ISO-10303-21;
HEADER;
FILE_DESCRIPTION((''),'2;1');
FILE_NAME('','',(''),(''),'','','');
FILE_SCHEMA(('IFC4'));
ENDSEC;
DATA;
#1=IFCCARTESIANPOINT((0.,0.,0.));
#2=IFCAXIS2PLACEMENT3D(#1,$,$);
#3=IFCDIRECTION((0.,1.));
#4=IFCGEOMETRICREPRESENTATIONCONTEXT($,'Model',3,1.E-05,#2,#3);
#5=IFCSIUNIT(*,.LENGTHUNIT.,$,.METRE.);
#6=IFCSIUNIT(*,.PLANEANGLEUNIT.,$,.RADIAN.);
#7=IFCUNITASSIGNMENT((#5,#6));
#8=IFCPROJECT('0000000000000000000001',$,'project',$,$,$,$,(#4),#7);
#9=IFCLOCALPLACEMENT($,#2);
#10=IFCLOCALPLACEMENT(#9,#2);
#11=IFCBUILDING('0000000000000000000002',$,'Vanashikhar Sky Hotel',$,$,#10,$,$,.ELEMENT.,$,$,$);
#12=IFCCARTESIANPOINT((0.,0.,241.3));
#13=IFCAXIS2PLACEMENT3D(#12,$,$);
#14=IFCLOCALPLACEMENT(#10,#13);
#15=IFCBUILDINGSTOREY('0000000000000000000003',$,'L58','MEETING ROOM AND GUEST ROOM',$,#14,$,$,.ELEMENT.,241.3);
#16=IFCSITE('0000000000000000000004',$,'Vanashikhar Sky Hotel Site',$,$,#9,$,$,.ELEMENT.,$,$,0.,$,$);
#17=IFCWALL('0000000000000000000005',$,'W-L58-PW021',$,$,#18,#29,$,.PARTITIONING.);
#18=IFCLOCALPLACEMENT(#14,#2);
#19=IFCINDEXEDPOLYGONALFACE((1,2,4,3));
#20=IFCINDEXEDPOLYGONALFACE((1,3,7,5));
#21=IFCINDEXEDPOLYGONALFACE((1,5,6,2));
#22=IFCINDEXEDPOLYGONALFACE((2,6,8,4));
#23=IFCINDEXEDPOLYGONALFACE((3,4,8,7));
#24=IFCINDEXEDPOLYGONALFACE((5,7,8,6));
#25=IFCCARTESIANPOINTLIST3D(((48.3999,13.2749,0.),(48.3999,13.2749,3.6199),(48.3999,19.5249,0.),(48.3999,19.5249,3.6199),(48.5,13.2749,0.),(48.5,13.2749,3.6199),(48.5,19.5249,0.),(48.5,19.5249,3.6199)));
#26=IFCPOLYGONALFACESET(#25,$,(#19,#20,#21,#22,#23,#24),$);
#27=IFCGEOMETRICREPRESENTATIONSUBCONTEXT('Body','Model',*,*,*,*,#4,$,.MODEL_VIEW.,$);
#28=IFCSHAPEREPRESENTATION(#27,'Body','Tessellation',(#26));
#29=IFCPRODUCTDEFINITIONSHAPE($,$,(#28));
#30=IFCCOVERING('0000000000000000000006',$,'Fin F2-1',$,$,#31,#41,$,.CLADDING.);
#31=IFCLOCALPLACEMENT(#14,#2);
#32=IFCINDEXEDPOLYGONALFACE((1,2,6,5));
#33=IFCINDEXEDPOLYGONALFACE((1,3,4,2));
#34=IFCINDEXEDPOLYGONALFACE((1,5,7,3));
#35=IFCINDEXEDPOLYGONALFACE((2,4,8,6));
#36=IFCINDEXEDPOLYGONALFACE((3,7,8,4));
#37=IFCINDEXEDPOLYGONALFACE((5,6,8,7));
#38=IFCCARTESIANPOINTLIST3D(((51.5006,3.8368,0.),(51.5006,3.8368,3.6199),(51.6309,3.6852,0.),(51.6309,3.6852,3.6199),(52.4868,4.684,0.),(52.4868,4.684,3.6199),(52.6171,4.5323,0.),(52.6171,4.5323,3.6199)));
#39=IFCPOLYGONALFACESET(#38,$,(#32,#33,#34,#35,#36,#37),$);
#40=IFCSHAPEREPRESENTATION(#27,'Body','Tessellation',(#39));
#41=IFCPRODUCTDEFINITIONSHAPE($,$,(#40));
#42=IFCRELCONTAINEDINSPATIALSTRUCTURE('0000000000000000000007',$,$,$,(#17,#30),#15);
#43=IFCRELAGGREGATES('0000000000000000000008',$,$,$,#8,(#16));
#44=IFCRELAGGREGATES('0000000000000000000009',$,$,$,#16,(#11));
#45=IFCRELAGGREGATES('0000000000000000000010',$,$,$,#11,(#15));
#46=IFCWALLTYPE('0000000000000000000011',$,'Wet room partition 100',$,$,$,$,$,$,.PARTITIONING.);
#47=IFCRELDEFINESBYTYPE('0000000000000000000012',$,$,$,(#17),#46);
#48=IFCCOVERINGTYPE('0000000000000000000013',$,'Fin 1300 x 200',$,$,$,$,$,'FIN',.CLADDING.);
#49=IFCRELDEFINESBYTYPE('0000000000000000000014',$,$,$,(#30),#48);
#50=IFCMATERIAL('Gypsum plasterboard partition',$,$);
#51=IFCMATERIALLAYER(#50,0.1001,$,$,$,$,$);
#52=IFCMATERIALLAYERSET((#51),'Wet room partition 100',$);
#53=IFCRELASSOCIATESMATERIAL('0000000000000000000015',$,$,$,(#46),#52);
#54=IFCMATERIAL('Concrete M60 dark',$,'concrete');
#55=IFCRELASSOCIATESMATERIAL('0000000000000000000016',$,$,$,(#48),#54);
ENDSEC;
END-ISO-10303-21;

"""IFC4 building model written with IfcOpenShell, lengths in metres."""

from ifc_helpers import new_model, si_unit, direction, frame, frame_2d, origin, origin_2d, place, context, subcontext, project, spatial, rectangle, extrude, source, transform, mapped, material, layer, layer_set, material_profile, profile_set, type_object, element, save


model = new_model("IFC4")

# Units and contexts
model_context = context("Model", 3, precision=1e-05, world=origin(), true_north=direction((0.0, 1.0)))
body_context = subcontext(model_context, "Body", "Model", "MODEL_VIEW")
ifc_project = project(units=[si_unit("LENGTHUNIT", "METRE"), si_unit("PLANEANGLEUNIT", "RADIAN")], contexts=[model_context])

# Site, building, storey
site_placement = place(None, origin())
site = spatial("IfcSite", under=ifc_project, at=site_placement, Name="Vanashikhar Sky Hotel Site", CompositionType="ELEMENT", RefElevation=0.0)
building_placement = place(site_placement, origin())
building = spatial("IfcBuilding", under=site, at=building_placement, Name="Vanashikhar Sky Hotel", CompositionType="ELEMENT")
storey_placement = place(building_placement, frame((0.0, 0.0, 241.3)))
storey = spatial("IfcBuildingStorey", under=building, at=storey_placement, Name="L58", Description="MEETING ROOM AND GUEST ROOM", CompositionType="ELEMENT", Elevation=241.3)

# Shared definitions
ifc_material_1 = material(Name="Gypsum plasterboard partition")
ifc_layer_1 = layer(ifc_material_1, 0.1001)
ifc_layer_set_1 = layer_set([ifc_layer_1], Name="Wet room partition 100")
wall_type_1 = type_object("IfcWallType", Name="Wet room partition 100", PredefinedType="PARTITIONING", material=ifc_layer_set_1)

# Wall
shared_shape_1 = source(origin(), body_context, "Body", "SweptSolid", [
    extrude(rectangle(XDim=6.25, YDim=0.1001, at=frame_2d((3.125, 0.0))), origin(), (0.0, 0.0, 1.0), 3.6199),
])
for number, where, z_axis, x_axis, name in (
    (1, (48.45, 13.2749, 0.0), (0.0, 0.0, 1.0), (0.0, 1.0, 0.0), "W-L58-PW021"),
):
    element("IfcWall", number, at=place(storey_placement, frame(where, z_axis=z_axis, x_axis=x_axis)), inside=storey, type_object=wall_type_1, Name=name, PredefinedType="PARTITIONING", context=body_context, shape_type="MappedRepresentation", body=[
        mapped(shared_shape_1, transform((0.0, 0.0, 0.0), scale=1.0)),
    ])

# Covering
ifc_material_2 = material(Name="Concrete M60 dark", Category="concrete")
ifc_material_profile_1 = material_profile(ifc_material_2, rectangle(XDim=1.3, YDim=0.2, at=origin_2d()))
ifc_profile_set_1 = profile_set([ifc_material_profile_1], Name="Fin 1300 x 200")
covering_type = type_object("IfcCoveringType", Name="Fin 1300 x 200", ElementType="FIN", PredefinedType="CLADDING", material=ifc_profile_set_1)
shared_shape_2 = source(origin(), body_context, "Body", "SweptSolid", [
    extrude(rectangle(XDim=1.3, YDim=0.2, at=origin_2d()), origin(), (0.0, 0.0, 1.0), 3.6199),
])
covering_placement = place(storey_placement, frame((52.0588, 4.1846, 0.0), z_axis=(0.0, 0.0, 1.0), x_axis=(-0.758544, -0.651622, 0.0)))
element("IfcCovering", 2, at=covering_placement, inside=storey, type_object=covering_type, Name="Fin F2-1", PredefinedType="CLADDING", context=body_context, shape_type="MappedRepresentation", body=[
    mapped(shared_shape_2, transform((0.0, 0.0, 0.0), scale=1.0)),
])

save(model, "model.ifc")
